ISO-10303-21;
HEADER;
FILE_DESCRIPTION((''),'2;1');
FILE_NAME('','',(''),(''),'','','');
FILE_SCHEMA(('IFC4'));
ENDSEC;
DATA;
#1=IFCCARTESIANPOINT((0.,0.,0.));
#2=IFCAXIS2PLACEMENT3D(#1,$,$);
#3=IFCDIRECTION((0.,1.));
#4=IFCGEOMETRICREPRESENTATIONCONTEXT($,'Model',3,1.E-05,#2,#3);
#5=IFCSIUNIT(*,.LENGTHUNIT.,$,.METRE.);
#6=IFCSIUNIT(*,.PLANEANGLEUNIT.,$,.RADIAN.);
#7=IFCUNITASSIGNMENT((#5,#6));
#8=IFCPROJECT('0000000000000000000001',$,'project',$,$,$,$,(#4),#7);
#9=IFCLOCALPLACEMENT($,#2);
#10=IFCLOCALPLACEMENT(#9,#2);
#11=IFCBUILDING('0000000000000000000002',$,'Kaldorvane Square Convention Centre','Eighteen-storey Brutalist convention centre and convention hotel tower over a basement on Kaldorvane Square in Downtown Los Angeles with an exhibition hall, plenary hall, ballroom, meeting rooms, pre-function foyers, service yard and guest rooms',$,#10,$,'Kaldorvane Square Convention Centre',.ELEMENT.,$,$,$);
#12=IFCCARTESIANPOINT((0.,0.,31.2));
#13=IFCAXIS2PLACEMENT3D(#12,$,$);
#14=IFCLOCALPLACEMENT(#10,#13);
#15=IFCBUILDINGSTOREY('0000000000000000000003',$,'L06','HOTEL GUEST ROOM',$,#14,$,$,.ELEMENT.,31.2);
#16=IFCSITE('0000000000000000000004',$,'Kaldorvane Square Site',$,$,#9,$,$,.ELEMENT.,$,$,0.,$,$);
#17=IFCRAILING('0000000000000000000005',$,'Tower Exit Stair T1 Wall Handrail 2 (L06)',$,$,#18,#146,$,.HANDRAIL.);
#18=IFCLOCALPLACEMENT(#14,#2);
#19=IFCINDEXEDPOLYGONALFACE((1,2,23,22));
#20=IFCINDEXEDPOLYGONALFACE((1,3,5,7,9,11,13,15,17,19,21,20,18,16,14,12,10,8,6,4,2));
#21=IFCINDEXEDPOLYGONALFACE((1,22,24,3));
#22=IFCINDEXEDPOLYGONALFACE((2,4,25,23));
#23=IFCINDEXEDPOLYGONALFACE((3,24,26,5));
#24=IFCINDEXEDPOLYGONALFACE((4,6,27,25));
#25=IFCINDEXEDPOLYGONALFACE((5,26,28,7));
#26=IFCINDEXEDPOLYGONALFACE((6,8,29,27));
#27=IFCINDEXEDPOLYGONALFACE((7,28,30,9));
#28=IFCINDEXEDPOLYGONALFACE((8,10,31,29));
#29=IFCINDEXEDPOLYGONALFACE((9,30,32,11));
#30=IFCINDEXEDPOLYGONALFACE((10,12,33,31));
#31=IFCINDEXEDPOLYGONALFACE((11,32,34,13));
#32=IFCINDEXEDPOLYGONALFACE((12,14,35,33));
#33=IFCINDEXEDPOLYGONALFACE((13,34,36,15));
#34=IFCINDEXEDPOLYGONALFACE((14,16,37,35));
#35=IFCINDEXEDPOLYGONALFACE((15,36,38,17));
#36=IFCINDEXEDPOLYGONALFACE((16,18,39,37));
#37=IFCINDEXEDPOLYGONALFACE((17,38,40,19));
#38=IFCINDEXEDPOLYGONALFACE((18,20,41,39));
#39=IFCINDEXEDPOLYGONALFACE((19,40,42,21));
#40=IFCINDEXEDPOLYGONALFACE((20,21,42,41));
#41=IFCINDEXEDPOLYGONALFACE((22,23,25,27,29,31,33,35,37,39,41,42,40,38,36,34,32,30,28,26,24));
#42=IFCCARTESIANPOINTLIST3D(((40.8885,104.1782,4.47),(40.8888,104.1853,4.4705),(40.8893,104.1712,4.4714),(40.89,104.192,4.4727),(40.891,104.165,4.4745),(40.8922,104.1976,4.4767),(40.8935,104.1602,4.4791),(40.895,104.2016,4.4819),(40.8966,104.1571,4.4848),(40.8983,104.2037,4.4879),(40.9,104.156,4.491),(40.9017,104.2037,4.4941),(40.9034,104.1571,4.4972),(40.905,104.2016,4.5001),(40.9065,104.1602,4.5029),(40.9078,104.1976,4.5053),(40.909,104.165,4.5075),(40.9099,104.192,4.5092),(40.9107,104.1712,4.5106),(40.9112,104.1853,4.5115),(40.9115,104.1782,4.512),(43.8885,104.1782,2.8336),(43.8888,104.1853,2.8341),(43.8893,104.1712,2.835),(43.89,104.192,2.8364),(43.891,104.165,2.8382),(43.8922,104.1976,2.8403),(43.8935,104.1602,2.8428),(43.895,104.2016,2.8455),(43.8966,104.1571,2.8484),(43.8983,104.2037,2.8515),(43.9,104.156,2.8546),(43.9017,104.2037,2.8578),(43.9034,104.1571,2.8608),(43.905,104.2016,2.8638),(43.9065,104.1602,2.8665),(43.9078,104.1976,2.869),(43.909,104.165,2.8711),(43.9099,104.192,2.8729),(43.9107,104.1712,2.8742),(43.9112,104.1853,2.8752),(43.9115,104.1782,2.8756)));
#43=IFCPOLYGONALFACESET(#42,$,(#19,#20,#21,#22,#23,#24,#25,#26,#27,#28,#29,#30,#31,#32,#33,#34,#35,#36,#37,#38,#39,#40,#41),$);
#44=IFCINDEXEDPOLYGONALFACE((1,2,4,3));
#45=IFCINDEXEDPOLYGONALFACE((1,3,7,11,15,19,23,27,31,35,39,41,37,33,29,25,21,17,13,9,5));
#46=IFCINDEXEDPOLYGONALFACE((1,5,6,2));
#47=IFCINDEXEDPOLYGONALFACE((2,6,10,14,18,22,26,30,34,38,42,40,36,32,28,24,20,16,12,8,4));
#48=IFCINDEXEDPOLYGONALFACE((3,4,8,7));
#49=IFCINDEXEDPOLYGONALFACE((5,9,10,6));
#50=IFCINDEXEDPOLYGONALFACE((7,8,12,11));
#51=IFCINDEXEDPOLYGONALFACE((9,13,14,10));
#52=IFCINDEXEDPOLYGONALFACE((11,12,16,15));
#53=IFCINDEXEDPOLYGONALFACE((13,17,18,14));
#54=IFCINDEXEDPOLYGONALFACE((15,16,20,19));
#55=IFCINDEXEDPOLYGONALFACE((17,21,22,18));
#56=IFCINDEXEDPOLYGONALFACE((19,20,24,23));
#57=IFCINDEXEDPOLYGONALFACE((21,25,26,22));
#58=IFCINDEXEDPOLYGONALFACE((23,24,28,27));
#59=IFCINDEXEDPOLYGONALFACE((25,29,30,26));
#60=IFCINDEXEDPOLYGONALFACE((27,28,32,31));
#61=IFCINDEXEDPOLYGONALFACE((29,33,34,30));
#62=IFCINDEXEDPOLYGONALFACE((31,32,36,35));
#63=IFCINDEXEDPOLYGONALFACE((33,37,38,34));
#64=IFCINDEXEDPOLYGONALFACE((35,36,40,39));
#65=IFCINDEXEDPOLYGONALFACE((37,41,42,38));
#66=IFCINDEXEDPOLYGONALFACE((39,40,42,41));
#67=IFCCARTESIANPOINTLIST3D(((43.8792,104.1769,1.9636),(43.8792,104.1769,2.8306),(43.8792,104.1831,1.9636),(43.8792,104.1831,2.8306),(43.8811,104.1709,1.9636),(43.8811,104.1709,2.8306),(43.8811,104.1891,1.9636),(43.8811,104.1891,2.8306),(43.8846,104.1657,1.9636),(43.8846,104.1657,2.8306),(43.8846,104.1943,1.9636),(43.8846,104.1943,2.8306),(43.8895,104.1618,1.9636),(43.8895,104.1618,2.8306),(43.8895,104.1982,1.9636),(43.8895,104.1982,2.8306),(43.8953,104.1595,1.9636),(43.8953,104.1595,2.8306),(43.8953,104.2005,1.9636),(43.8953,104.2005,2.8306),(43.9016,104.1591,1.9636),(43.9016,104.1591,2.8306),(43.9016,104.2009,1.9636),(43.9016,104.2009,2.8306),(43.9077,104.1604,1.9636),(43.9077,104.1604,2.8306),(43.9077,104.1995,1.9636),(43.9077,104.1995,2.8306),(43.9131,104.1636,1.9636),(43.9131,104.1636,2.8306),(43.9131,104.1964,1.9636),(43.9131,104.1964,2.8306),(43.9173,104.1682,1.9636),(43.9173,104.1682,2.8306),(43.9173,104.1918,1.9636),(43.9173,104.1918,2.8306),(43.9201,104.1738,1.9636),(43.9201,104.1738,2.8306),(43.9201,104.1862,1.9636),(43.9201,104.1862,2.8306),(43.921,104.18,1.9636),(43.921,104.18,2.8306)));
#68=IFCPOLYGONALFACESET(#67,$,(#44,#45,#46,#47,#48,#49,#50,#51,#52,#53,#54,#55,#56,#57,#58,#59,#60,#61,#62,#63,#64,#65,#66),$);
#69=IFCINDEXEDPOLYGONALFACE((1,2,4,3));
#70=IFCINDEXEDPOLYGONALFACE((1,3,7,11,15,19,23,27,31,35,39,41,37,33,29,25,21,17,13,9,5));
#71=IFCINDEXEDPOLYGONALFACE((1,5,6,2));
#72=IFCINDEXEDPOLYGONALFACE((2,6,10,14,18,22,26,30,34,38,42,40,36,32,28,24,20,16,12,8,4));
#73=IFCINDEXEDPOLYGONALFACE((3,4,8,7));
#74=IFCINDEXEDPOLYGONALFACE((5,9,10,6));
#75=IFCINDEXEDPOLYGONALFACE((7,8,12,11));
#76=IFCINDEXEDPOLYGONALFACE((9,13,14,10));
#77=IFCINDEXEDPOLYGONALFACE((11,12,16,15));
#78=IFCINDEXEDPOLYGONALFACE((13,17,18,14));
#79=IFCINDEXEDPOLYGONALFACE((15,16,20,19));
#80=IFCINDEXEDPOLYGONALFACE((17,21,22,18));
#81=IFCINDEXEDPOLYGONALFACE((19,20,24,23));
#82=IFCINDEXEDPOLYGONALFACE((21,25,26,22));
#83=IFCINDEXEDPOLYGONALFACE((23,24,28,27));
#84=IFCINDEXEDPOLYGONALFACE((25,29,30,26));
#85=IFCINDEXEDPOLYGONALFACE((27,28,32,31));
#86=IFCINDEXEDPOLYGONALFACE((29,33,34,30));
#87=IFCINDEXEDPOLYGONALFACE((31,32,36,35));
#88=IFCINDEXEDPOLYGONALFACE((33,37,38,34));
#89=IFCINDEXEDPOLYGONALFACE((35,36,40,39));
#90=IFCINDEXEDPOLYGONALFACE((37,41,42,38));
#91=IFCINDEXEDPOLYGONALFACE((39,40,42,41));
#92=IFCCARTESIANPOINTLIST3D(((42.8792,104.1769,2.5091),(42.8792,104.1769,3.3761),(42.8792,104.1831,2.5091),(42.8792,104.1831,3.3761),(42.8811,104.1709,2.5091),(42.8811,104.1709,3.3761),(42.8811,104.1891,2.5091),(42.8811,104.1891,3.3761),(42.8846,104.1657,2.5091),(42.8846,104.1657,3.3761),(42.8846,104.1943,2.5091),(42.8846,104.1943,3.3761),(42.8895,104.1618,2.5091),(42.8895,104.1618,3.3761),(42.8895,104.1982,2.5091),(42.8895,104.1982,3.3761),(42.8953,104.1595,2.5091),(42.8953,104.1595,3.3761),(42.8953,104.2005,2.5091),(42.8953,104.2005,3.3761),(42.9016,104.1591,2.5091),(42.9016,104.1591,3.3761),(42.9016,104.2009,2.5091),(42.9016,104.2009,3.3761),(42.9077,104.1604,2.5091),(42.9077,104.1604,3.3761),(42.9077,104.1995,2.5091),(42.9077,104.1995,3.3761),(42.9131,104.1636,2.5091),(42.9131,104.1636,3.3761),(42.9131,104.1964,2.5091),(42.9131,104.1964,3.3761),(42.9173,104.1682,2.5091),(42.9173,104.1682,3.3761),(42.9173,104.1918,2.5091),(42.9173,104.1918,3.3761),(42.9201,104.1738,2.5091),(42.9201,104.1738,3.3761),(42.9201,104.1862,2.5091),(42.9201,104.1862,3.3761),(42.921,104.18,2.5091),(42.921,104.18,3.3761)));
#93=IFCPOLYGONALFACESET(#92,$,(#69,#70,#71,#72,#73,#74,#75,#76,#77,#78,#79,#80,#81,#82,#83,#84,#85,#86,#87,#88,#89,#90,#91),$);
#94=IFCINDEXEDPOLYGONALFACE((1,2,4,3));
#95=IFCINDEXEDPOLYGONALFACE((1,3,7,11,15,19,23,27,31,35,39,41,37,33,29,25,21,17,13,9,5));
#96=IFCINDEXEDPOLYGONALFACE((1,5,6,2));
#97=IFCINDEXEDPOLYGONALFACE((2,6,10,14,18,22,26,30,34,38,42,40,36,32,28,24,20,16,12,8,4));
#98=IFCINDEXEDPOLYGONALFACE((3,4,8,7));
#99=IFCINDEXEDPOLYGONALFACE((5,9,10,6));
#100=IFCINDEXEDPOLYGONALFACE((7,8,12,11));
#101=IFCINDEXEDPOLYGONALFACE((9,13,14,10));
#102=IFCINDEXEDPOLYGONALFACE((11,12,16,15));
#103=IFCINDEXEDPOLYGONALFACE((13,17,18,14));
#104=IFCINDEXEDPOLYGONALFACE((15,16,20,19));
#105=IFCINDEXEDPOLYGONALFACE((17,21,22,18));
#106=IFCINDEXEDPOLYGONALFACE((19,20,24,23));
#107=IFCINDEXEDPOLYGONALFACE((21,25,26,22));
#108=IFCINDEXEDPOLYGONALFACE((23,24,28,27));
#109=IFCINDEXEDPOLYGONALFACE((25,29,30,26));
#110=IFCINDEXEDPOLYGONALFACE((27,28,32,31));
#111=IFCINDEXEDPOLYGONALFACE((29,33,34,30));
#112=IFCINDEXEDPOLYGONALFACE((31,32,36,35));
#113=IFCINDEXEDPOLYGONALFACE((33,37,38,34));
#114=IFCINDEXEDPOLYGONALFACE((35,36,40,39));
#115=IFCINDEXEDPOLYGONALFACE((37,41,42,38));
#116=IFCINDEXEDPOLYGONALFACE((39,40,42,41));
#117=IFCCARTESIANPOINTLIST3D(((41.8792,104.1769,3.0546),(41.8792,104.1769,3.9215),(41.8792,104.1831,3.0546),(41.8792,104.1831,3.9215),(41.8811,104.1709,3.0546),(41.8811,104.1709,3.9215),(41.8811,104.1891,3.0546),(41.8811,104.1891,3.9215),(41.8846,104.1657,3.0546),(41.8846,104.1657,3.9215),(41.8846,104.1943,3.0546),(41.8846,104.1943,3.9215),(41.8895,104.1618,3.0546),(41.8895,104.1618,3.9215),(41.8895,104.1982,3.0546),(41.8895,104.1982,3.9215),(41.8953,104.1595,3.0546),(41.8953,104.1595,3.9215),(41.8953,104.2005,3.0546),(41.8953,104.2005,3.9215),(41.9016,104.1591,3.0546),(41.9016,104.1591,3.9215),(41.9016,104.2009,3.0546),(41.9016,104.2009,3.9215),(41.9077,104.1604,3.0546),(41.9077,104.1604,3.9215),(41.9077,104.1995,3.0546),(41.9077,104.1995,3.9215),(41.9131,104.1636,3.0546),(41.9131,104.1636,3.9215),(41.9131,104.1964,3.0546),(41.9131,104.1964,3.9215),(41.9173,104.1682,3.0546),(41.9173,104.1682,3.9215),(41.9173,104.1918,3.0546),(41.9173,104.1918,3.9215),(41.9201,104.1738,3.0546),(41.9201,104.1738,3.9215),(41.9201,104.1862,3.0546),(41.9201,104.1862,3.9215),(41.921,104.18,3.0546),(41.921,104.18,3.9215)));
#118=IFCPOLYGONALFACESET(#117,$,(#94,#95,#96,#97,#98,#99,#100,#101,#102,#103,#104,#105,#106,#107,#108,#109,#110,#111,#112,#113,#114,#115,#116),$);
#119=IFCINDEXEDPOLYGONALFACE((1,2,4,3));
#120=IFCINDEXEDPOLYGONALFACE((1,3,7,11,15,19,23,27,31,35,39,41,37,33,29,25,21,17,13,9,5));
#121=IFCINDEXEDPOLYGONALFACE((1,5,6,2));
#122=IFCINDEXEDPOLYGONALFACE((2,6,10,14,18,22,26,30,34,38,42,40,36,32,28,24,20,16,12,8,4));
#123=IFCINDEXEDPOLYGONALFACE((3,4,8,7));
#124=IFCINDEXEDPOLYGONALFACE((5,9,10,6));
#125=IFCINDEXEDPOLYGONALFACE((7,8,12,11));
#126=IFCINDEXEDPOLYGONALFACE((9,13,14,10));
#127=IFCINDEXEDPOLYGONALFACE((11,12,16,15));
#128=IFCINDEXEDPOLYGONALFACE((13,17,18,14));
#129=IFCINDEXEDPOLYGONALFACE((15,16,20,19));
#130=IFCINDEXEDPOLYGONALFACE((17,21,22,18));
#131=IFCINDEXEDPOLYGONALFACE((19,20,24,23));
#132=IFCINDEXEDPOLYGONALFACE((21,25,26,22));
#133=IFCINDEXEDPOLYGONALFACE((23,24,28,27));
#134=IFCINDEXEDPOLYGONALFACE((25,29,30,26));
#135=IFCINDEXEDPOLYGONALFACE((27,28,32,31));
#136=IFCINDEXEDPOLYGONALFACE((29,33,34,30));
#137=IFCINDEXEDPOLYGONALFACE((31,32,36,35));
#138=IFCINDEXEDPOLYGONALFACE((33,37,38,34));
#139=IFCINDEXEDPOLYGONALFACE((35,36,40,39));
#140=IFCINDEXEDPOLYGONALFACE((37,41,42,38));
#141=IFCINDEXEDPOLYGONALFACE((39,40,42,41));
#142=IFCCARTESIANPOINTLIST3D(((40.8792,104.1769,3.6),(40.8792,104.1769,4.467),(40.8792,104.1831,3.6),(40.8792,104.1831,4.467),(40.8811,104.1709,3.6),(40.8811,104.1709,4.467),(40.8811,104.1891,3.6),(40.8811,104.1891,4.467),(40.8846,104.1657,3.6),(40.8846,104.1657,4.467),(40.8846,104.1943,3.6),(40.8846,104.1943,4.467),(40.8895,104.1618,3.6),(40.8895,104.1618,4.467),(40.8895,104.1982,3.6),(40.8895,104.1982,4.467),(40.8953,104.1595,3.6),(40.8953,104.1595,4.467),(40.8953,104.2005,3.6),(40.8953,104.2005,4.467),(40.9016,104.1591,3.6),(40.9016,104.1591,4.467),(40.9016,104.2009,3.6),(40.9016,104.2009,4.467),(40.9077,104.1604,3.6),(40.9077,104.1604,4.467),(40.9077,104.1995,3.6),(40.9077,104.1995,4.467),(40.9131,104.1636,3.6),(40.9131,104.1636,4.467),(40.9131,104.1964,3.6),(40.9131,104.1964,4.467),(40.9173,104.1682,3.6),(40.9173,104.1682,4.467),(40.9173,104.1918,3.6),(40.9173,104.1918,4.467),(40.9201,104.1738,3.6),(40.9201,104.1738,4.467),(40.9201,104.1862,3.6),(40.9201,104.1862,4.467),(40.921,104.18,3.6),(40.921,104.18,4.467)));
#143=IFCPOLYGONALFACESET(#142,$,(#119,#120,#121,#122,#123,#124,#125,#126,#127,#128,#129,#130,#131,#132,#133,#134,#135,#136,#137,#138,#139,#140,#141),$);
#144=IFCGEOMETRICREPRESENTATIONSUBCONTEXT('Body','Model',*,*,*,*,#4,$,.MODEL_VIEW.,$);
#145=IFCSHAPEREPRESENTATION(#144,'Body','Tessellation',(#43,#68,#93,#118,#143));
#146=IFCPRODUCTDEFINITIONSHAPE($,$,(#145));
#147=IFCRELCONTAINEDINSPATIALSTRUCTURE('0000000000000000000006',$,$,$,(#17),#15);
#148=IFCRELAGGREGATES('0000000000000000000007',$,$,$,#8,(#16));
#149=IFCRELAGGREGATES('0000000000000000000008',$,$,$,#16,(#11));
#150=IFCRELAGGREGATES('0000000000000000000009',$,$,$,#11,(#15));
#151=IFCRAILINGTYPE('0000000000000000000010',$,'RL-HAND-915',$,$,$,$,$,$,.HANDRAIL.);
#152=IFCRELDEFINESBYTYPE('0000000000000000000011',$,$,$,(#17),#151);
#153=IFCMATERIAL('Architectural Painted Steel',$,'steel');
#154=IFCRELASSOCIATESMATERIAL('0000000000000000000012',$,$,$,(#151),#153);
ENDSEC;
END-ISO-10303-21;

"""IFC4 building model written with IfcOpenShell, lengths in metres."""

from ifc_helpers import new_model, si_unit, direction, frame, origin, origin_2d, place, context, subcontext, project, spatial, circle, extrude, material, type_object, element, save


model = new_model("IFC4")

# Units and contexts
model_context = context("Model", 3, precision=1e-05, world=origin(), true_north=direction((0.0, 1.0)))
body_context = subcontext(model_context, "Body", "Model", "MODEL_VIEW")
ifc_project = project(units=[si_unit("LENGTHUNIT", "METRE"), si_unit("PLANEANGLEUNIT", "RADIAN")], contexts=[model_context])

# Site, building, storey
site_placement = place(None, origin())
site = spatial("IfcSite", under=ifc_project, at=site_placement, Name="Kaldorvane Square Site", CompositionType="ELEMENT", RefElevation=0.0)
building_placement = place(site_placement, origin())
building = spatial("IfcBuilding", under=site, at=building_placement, Name="Kaldorvane Square Convention Centre", Description="Eighteen-storey Brutalist convention centre and convention hotel tower over a basement on Kaldorvane Square in Downtown Los Angeles with an exhibition hall, plenary hall, ballroom, meeting rooms, pre-function foyers, service yard and guest rooms", LongName="Kaldorvane Square Convention Centre", CompositionType="ELEMENT")
storey_placement = place(building_placement, frame((0.0, 0.0, 31.2)))
storey = spatial("IfcBuildingStorey", under=building, at=storey_placement, Name="L06", Description="HOTEL GUEST ROOM", CompositionType="ELEMENT", Elevation=31.2)

# Railing
ifc_material_1 = material(Name="Architectural Painted Steel", Category="steel")
railing_type_1 = type_object("IfcRailingType", Name="RL-HAND-915", PredefinedType="HANDRAIL", material=ifc_material_1)
railing_1_placement = place(storey_placement, frame((43.9, 104.18, 1.9636)))
element("IfcRailing", 1, at=railing_1_placement, inside=storey, type_object=railing_type_1, Name="Tower Exit Stair T1 Wall Handrail 2 (L06)", PredefinedType="HANDRAIL", context=body_context, shape_type="SweptSolid", body=[
    extrude(circle(Radius=0.024, at=origin_2d()), frame((0.0, 0.0, 0.891), z_axis=(-0.877895, 0.0, 0.478853), x_axis=(0.0, -1.0, 0.0)), (0.0, 0.0, 1.0), 3.4173),
    extrude(circle(Radius=0.021, at=origin_2d()), origin(), (0.0, 0.0, 1.0), 0.867),
    extrude(circle(Radius=0.021, at=origin_2d()), frame((-1.0, 0.0, 0.5455)), (0.0, 0.0, 1.0), 0.867),
    extrude(circle(Radius=0.021, at=origin_2d()), frame((-2.0, 0.0, 1.0909)), (0.0, 0.0, 1.0), 0.867),
    extrude(circle(Radius=0.021, at=origin_2d()), frame((-3.0, 0.0, 1.6364)), (0.0, 0.0, 1.0), 0.867),
])

save(model, "model.ifc")
